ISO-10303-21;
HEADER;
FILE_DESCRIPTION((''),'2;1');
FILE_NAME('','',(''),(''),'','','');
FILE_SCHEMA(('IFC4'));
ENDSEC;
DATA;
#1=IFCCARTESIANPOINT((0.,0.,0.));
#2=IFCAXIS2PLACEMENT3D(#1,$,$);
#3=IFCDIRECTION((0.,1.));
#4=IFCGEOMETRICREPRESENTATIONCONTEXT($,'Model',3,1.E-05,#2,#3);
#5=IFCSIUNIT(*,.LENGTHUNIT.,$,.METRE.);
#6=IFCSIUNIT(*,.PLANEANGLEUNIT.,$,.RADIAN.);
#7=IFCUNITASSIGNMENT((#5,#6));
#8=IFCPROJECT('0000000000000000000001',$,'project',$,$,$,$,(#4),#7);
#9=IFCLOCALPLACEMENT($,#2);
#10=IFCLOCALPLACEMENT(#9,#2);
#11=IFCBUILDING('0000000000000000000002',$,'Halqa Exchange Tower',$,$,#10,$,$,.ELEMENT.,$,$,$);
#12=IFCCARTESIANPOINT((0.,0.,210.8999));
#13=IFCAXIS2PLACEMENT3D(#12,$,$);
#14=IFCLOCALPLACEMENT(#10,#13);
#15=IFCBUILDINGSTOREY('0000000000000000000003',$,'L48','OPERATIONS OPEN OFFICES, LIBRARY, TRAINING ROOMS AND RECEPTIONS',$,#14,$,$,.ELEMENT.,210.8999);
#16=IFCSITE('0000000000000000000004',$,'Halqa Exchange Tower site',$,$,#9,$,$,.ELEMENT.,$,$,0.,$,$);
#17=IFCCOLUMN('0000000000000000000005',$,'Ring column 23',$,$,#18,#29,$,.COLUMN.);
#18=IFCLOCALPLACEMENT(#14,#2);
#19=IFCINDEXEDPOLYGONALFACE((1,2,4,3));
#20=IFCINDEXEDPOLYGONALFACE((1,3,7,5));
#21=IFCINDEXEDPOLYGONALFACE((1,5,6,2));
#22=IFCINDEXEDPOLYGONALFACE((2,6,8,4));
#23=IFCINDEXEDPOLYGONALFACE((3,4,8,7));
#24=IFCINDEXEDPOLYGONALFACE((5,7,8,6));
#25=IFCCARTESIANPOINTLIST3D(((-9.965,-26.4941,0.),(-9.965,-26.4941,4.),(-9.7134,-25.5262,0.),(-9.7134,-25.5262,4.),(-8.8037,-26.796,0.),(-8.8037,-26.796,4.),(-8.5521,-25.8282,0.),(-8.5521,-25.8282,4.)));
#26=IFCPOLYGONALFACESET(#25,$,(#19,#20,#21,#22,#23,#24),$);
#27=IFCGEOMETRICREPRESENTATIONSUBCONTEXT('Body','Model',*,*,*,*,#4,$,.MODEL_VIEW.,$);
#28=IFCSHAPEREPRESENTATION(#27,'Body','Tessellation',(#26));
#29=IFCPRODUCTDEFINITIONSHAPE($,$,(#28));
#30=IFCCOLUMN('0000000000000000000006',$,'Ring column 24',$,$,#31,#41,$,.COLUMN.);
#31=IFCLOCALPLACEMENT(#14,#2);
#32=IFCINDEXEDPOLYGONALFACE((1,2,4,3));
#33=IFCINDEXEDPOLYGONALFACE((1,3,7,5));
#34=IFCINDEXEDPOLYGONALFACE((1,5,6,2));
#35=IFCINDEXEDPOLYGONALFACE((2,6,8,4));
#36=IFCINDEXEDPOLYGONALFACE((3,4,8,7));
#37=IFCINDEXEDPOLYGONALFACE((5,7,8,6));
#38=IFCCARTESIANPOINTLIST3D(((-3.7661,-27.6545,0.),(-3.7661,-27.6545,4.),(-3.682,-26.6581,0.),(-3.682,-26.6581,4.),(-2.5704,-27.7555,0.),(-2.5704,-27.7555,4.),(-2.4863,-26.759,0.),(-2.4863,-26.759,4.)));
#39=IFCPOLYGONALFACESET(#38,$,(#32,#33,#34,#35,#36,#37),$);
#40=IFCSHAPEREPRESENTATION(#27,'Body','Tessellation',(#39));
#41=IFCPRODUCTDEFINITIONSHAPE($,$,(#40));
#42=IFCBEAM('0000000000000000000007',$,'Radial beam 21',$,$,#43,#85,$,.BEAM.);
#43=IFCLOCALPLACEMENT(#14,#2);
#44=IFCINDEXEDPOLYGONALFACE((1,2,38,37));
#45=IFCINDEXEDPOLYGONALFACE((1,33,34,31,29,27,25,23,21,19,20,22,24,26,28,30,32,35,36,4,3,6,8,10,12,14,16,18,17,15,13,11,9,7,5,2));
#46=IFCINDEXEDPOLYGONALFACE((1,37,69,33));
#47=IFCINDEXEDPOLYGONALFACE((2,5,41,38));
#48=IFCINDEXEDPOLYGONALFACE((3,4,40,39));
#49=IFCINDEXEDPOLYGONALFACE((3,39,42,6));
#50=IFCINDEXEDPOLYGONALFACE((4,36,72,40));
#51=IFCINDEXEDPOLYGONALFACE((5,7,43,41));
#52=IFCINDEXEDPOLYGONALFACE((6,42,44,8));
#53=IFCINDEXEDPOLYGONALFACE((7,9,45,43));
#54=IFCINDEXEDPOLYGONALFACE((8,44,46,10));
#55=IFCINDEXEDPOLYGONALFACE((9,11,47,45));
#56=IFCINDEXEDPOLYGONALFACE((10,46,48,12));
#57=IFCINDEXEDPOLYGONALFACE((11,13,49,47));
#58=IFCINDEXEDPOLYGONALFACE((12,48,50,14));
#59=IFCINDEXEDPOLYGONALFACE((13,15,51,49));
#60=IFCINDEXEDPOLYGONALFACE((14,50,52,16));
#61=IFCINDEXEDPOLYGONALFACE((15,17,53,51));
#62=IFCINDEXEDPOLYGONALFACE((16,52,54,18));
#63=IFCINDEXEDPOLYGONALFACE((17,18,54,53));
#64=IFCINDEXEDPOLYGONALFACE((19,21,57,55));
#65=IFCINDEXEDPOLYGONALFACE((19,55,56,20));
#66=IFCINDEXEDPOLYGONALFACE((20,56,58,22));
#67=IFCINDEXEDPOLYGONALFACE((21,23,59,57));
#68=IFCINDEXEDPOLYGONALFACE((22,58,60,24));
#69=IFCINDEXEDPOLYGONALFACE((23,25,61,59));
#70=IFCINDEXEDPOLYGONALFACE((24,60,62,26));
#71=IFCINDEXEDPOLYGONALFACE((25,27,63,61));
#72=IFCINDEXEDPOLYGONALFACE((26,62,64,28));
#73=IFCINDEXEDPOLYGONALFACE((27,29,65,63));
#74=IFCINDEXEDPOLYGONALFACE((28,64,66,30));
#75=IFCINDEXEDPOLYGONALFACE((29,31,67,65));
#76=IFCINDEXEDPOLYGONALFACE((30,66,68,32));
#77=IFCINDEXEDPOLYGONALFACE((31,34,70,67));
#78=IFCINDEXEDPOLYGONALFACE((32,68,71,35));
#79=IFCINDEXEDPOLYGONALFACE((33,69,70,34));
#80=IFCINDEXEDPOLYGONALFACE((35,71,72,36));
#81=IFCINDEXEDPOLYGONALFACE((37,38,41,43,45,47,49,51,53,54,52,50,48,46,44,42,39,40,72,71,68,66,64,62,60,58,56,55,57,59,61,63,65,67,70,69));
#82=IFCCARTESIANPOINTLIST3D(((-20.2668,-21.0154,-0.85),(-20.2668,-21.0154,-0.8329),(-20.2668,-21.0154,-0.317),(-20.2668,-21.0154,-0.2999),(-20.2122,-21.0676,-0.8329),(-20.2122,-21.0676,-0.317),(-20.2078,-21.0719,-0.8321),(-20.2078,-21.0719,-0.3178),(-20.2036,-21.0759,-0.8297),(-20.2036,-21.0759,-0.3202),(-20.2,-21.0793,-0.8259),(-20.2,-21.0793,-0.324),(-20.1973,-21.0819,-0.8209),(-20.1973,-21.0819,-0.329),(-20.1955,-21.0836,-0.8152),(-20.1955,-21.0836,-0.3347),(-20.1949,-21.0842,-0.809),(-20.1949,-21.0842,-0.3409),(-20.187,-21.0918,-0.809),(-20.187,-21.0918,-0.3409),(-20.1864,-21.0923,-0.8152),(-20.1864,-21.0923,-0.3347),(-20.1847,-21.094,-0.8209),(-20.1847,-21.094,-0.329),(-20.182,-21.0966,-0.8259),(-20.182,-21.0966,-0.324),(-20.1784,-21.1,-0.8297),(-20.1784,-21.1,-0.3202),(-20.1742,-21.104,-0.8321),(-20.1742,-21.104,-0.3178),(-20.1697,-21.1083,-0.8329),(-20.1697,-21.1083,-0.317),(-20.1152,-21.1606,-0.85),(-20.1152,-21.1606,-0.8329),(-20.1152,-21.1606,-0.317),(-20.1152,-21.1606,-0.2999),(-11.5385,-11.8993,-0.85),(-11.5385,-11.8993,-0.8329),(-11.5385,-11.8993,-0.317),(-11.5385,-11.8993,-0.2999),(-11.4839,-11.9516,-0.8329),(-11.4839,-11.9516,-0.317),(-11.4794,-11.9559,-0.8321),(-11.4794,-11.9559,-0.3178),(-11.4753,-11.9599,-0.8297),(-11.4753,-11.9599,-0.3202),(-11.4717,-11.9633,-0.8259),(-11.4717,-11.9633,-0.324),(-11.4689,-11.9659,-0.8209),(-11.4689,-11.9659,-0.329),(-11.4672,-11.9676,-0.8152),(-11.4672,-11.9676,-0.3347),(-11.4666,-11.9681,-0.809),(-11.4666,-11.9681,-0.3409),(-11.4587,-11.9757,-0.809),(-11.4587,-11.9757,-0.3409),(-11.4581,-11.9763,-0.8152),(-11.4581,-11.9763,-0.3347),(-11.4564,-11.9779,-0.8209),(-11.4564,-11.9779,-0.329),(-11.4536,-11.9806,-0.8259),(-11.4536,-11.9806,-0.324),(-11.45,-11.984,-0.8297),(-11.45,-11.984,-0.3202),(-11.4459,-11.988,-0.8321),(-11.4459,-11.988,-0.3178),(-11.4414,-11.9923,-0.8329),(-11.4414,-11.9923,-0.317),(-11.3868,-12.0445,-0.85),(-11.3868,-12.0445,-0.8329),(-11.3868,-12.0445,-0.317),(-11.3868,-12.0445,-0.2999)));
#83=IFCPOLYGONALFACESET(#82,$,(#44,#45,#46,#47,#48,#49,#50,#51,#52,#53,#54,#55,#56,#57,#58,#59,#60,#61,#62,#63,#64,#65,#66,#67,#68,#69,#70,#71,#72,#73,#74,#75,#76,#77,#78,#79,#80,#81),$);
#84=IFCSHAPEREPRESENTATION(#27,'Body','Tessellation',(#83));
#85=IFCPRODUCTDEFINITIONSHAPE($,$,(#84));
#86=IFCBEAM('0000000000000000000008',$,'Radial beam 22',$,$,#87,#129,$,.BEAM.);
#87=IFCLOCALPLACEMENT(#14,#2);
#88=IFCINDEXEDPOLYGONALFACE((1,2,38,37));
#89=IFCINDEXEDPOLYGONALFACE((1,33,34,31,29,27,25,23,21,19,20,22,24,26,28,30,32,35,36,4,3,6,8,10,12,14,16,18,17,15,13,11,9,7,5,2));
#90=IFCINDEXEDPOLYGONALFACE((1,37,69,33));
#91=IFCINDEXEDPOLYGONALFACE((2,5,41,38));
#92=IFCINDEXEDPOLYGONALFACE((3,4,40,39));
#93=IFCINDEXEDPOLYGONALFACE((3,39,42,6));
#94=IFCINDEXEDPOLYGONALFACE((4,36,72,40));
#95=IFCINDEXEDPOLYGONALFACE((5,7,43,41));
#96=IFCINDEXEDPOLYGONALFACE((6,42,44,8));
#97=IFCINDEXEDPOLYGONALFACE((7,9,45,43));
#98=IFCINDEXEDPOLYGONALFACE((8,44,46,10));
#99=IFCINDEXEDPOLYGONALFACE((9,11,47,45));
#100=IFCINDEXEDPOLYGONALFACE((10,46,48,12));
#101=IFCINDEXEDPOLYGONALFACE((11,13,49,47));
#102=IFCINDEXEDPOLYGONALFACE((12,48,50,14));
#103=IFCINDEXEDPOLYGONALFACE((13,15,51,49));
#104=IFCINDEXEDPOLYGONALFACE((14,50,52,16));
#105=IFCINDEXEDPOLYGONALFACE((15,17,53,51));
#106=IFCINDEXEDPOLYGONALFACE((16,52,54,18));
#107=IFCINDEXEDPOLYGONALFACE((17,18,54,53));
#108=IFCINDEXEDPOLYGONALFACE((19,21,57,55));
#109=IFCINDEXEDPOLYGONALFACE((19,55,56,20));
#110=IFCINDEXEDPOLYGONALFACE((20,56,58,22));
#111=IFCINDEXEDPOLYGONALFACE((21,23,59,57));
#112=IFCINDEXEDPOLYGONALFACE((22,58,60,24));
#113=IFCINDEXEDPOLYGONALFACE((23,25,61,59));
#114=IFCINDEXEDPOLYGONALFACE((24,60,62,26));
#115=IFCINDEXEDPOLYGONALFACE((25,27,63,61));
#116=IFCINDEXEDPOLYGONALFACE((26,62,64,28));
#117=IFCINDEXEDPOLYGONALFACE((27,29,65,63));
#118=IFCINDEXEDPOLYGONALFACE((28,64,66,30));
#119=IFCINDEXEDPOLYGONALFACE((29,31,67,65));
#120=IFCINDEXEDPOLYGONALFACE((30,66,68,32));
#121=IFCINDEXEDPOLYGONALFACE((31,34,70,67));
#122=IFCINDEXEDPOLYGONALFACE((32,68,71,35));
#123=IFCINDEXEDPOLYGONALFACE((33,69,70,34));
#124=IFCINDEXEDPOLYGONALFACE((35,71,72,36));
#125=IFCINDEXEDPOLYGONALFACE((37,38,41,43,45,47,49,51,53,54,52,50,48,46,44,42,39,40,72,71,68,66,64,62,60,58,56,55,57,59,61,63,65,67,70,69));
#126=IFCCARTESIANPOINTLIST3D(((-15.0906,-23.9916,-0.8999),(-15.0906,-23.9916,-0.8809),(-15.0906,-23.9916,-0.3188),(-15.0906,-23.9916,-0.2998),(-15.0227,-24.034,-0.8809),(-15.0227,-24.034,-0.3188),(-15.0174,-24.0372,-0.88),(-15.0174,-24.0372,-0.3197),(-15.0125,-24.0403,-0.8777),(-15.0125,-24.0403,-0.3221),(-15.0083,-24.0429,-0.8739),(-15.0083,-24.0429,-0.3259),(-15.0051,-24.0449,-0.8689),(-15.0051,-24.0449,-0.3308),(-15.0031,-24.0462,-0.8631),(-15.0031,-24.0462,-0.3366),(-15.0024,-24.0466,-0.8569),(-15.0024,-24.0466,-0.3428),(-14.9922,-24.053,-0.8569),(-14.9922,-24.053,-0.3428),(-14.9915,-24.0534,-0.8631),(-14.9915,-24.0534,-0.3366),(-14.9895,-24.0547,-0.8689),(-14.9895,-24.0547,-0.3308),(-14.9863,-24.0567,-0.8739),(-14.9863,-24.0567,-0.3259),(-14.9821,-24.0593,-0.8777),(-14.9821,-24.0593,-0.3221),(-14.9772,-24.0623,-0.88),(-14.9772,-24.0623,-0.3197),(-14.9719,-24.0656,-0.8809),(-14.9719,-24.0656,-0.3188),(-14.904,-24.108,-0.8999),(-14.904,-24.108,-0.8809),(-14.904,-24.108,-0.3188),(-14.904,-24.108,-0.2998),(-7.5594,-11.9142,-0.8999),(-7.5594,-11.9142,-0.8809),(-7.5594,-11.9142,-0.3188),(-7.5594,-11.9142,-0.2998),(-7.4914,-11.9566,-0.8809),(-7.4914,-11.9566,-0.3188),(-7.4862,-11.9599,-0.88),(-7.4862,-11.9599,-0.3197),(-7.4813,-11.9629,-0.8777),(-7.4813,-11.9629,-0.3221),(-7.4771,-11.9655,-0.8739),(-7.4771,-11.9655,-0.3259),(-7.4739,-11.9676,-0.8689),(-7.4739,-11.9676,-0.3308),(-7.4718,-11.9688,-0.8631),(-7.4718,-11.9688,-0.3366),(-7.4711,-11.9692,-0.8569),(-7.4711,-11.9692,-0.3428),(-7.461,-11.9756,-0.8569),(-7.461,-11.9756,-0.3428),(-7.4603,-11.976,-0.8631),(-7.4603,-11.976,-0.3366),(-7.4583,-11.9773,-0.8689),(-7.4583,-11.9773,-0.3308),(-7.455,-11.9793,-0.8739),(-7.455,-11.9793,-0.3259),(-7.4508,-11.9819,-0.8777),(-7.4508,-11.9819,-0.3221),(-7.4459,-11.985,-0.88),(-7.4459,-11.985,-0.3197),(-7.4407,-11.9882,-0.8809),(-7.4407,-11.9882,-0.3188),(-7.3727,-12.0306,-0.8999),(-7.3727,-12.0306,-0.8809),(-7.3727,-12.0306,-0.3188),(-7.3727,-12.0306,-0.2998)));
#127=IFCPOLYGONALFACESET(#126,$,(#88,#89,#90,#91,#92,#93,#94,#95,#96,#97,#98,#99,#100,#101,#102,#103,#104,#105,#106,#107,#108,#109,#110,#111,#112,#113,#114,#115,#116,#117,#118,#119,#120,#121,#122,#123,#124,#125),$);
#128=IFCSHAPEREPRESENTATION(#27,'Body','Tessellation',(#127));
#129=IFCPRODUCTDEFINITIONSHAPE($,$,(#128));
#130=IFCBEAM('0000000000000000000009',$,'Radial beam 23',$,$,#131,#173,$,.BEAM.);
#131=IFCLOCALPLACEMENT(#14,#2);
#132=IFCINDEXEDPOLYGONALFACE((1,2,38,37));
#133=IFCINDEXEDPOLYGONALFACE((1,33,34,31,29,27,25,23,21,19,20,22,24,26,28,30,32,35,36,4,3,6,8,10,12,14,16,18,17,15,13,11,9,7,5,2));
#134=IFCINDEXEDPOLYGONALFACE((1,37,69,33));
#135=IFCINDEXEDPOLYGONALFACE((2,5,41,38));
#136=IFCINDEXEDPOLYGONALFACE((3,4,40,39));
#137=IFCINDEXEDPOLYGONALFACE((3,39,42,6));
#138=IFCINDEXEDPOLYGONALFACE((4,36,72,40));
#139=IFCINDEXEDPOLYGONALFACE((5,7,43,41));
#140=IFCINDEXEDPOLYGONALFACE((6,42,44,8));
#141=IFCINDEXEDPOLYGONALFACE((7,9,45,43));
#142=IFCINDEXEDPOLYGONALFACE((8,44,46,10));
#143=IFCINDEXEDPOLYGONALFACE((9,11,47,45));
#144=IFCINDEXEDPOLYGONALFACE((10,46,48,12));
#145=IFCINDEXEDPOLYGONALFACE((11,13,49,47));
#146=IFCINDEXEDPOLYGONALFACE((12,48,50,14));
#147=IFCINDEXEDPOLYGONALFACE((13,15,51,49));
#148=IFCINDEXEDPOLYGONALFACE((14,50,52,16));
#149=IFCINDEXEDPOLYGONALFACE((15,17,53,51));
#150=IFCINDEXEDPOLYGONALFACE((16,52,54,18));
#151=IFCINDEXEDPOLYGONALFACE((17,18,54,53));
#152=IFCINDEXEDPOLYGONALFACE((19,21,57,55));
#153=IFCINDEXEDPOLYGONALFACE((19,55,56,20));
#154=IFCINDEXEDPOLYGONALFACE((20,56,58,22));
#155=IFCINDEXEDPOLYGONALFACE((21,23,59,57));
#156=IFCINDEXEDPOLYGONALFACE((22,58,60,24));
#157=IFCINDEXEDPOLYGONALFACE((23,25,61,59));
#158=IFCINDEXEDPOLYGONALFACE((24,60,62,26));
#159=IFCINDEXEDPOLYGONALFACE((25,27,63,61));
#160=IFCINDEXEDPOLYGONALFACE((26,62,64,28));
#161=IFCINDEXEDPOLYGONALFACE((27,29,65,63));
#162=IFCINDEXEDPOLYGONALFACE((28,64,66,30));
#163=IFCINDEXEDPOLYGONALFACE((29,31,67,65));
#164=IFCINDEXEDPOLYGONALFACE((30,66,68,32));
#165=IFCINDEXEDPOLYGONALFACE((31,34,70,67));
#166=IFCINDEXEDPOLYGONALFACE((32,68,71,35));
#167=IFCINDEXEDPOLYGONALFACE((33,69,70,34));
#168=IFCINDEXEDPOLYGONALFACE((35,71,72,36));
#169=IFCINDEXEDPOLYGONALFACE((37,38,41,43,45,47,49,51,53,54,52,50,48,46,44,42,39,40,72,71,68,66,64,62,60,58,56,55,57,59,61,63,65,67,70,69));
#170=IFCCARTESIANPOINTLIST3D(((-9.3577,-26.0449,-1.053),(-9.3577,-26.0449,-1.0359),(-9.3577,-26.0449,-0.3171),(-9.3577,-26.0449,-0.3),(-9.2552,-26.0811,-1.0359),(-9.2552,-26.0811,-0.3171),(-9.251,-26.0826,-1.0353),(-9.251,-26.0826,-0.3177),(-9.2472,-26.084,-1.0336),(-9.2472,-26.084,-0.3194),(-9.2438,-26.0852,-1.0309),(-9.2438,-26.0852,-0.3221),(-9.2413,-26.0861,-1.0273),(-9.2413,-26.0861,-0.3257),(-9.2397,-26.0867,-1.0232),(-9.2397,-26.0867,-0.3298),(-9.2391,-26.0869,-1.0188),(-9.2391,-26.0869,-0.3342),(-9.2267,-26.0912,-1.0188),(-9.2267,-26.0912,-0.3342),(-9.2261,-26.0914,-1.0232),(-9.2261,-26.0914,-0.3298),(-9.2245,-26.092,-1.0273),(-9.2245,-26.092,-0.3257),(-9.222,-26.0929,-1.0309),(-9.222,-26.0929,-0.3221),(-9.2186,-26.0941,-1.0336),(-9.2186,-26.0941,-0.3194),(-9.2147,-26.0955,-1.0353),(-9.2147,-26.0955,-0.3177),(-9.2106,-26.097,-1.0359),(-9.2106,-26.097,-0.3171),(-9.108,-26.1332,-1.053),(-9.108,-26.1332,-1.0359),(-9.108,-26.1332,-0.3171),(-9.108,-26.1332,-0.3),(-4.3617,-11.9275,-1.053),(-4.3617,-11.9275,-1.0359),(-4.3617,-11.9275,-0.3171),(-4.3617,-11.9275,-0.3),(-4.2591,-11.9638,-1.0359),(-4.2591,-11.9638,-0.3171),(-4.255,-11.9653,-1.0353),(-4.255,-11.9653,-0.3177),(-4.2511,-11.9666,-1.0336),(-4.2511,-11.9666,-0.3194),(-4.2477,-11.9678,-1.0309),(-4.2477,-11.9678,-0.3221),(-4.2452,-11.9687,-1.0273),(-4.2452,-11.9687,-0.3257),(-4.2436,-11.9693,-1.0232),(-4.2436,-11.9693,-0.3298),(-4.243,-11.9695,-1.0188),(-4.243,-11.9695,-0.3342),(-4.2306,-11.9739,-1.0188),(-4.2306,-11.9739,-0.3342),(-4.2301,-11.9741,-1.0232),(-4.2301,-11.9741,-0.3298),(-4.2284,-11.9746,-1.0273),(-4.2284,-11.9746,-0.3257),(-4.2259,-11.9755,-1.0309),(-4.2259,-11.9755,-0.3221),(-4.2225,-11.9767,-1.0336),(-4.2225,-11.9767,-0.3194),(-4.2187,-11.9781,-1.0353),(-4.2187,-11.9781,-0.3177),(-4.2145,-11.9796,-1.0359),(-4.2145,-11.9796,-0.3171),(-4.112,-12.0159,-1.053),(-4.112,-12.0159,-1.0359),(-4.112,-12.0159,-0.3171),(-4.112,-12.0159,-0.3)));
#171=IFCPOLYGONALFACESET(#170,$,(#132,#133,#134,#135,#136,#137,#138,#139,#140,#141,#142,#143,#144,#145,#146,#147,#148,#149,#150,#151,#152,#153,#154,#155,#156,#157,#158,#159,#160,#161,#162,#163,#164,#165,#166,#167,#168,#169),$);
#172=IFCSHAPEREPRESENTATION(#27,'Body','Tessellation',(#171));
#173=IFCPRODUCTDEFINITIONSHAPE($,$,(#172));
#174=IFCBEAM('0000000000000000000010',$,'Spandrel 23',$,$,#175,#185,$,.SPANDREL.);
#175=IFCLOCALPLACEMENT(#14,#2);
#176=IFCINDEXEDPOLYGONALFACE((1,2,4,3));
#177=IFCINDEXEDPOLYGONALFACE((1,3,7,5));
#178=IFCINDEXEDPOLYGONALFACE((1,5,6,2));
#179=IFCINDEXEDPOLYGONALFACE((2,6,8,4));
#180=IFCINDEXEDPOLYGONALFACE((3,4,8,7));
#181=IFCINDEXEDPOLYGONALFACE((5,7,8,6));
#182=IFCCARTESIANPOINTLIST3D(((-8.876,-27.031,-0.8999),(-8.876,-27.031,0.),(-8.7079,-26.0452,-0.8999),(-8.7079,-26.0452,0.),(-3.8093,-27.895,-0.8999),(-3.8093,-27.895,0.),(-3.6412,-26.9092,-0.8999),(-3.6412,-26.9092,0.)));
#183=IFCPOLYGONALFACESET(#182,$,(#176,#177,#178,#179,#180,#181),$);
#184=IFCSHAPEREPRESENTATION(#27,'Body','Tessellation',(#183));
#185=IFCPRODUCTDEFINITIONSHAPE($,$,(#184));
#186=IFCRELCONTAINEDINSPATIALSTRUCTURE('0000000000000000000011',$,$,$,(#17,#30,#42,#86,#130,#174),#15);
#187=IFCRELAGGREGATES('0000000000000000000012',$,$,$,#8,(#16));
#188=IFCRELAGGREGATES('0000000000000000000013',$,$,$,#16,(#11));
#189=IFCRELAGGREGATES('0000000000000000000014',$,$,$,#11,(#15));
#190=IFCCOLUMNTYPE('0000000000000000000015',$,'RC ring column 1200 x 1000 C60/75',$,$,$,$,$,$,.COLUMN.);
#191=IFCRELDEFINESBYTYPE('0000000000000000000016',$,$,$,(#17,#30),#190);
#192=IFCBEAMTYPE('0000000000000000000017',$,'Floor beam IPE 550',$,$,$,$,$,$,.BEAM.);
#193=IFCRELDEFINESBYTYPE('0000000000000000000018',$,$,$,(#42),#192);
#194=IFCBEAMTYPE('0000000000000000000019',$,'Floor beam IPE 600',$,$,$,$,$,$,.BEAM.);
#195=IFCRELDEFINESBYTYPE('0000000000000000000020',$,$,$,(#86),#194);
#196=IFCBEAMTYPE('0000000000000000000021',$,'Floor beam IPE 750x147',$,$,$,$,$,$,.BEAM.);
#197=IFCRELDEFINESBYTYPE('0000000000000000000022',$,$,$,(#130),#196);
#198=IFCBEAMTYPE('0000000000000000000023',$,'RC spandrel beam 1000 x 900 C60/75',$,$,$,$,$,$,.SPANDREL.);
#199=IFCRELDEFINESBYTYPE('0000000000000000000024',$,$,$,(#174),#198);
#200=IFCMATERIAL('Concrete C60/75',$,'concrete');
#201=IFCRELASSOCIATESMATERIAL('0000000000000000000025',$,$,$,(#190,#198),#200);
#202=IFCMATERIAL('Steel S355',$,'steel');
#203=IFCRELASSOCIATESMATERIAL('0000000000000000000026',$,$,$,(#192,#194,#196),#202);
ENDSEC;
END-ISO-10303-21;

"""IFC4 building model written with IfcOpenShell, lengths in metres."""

from ifc_helpers import new_model, si_unit, direction, frame, origin, origin_2d, place, context, subcontext, project, spatial, rectangle, i_section, extrude, material, material_profile, profile_set, type_object, element, save


model = new_model("IFC4")

# Units and contexts
model_context = context("Model", 3, precision=1e-05, world=origin(), true_north=direction((0.0, 1.0)))
body_context = subcontext(model_context, "Body", "Model", "MODEL_VIEW")
ifc_project = project(units=[si_unit("LENGTHUNIT", "METRE"), si_unit("PLANEANGLEUNIT", "RADIAN")], contexts=[model_context])

# Site, building, storey
site_placement = place(None, origin())
site = spatial("IfcSite", under=ifc_project, at=site_placement, Name="Halqa Exchange Tower site", CompositionType="ELEMENT", RefElevation=0.0)
building_placement = place(site_placement, origin())
building = spatial("IfcBuilding", under=site, at=building_placement, Name="Halqa Exchange Tower", CompositionType="ELEMENT")
storey_placement = place(building_placement, frame((0.0, 0.0, 210.8999)))
storey = spatial("IfcBuildingStorey", under=building, at=storey_placement, Name="L48", Description="OPERATIONS OPEN OFFICES, LIBRARY, TRAINING ROOMS AND RECEPTIONS", CompositionType="ELEMENT", Elevation=210.8999)

# Columns
ifc_material_1 = material(Name="Concrete C60/75", Category="concrete")
ifc_material_profile_1 = material_profile(ifc_material_1, rectangle(XDim=1.2, YDim=1.0, at=origin_2d()), Name="1200 x 1000")
ifc_profile_set_1 = profile_set([ifc_material_profile_1], Name="Concrete C60/75")
column_type = type_object("IfcColumnType", Name="RC ring column 1200 x 1000 C60/75", PredefinedType="COLUMN", material=ifc_profile_set_1)
for number, where, z_axis, x_axis, name in (
    (1, (-9.2585, -26.1611, 0.0), (0.0, 0.0, 1.0), (0.967819, -0.251649, 0.0), "Ring column 23"),
    (2, (-3.1262, -27.2068, 0.0), (0.0, 0.0, 1.0), (0.996455, -0.084128, 0.0), "Ring column 24"),
):
    element("IfcColumn", number, at=place(storey_placement, frame(where, z_axis=z_axis, x_axis=x_axis)), inside=storey, type_object=column_type, Name=name, PredefinedType="COLUMN", context=body_context, shape_type="SweptSolid", body=[
        extrude(rectangle(XDim=1.2, YDim=1.0, at=origin_2d()), origin(), (0.0, 0.0, 1.0), 4.0),
    ])

# Beams
ifc_material_2 = material(Name="Steel S355", Category="steel")
ifc_material_profile_2 = material_profile(ifc_material_2, i_section(OverallWidth=0.21, OverallDepth=0.55, WebThickness=0.011, FlangeThickness=0.0171, FilletRadius=0.0239, at=origin_2d()), Name="IPE 550")
ifc_profile_set_2 = profile_set([ifc_material_profile_2], Name="Steel S355")
beam_type_1 = type_object("IfcBeamType", Name="Floor beam IPE 550", PredefinedType="BEAM", material=ifc_profile_set_2)
beam_1_placement = place(storey_placement, frame((-11.4626, -11.9719, -0.575), z_axis=(-0.691581, -0.722299, 0.0), x_axis=(0.722299, -0.691581, 0.0)))
element("IfcBeam", 3, at=beam_1_placement, inside=storey, type_object=beam_type_1, Name="Radial beam 21", PredefinedType="BEAM", context=body_context, shape_type="SweptSolid", body=[
    extrude(i_section(OverallWidth=0.21, OverallDepth=0.55, WebThickness=0.011, FlangeThickness=0.0171, FilletRadius=0.0239, at=origin_2d()), origin(), (0.0, 0.0, 1.0), 12.6208),
])
ifc_material_profile_3 = material_profile(ifc_material_2, i_section(OverallWidth=0.22, OverallDepth=0.6001, WebThickness=0.012, FlangeThickness=0.019, FilletRadius=0.0239, at=origin_2d()), Name="IPE 600")
ifc_profile_set_3 = profile_set([ifc_material_profile_3], Name="Steel S355")
beam_type_2 = type_object("IfcBeamType", Name="Floor beam IPE 600", PredefinedType="BEAM", material=ifc_profile_set_3)
beam_2_placement = place(storey_placement, frame((-7.4661, -11.9724, -0.5999), z_axis=(-0.529134, -0.848538, 0.0), x_axis=(0.848538, -0.529134, 0.0)))
element("IfcBeam", 4, at=beam_2_placement, inside=storey, type_object=beam_type_2, Name="Radial beam 22", PredefinedType="BEAM", context=body_context, shape_type="SweptSolid", body=[
    extrude(i_section(OverallWidth=0.22, OverallDepth=0.6001, WebThickness=0.012, FlangeThickness=0.019, FilletRadius=0.0239, at=origin_2d()), origin(), (0.0, 0.0, 1.0), 14.2332),
])
ifc_material_profile_4 = material_profile(ifc_material_2, i_section(OverallWidth=0.2649, OverallDepth=0.7529, WebThickness=0.0132, FlangeThickness=0.0171, FilletRadius=0.0171, at=origin_2d()), Name="IPE 750x147")
ifc_profile_set_4 = profile_set([ifc_material_profile_4], Name="Steel S355")
beam_type_3 = type_object("IfcBeamType", Name="Floor beam IPE 750x147", PredefinedType="BEAM", material=ifc_profile_set_4)
beam_3_placement = place(storey_placement, frame((-4.2368, -11.9717, -0.6765), z_axis=(-0.33362, -0.942708, 0.0), x_axis=(0.942708, -0.33362, 0.0)))
element("IfcBeam", 5, at=beam_3_placement, inside=storey, type_object=beam_type_3, Name="Radial beam 23", PredefinedType="BEAM", context=body_context, shape_type="SweptSolid", body=[
    extrude(i_section(OverallWidth=0.2649, OverallDepth=0.7529, WebThickness=0.0132, FlangeThickness=0.0171, FilletRadius=0.0171, at=origin_2d()), origin(), (0.0, 0.0, 1.0), 14.9753),
])
ifc_material_profile_5 = material_profile(ifc_material_1, rectangle(XDim=1.0, YDim=0.8999, at=origin_2d()), Name="1000 x 900")
ifc_profile_set_5 = profile_set([ifc_material_profile_5], Name="Concrete C60/75")
beam_type_4 = type_object("IfcBeamType", Name="RC spandrel beam 1000 x 900 C60/75", PredefinedType="SPANDREL", material=ifc_profile_set_5)
beam_4_placement = place(storey_placement, frame((-8.792, -26.5381, -0.45), z_axis=(0.985769, -0.168103, 0.0), x_axis=(0.168103, 0.985769, 0.0)))
element("IfcBeam", 6, at=beam_4_placement, inside=storey, type_object=beam_type_4, Name="Spandrel 23", PredefinedType="SPANDREL", context=body_context, shape_type="SweptSolid", body=[
    extrude(rectangle(XDim=1.0, YDim=0.8999, at=origin_2d()), origin(), (0.0, 0.0, 1.0), 5.1399),
])

save(model, "model.ifc")
